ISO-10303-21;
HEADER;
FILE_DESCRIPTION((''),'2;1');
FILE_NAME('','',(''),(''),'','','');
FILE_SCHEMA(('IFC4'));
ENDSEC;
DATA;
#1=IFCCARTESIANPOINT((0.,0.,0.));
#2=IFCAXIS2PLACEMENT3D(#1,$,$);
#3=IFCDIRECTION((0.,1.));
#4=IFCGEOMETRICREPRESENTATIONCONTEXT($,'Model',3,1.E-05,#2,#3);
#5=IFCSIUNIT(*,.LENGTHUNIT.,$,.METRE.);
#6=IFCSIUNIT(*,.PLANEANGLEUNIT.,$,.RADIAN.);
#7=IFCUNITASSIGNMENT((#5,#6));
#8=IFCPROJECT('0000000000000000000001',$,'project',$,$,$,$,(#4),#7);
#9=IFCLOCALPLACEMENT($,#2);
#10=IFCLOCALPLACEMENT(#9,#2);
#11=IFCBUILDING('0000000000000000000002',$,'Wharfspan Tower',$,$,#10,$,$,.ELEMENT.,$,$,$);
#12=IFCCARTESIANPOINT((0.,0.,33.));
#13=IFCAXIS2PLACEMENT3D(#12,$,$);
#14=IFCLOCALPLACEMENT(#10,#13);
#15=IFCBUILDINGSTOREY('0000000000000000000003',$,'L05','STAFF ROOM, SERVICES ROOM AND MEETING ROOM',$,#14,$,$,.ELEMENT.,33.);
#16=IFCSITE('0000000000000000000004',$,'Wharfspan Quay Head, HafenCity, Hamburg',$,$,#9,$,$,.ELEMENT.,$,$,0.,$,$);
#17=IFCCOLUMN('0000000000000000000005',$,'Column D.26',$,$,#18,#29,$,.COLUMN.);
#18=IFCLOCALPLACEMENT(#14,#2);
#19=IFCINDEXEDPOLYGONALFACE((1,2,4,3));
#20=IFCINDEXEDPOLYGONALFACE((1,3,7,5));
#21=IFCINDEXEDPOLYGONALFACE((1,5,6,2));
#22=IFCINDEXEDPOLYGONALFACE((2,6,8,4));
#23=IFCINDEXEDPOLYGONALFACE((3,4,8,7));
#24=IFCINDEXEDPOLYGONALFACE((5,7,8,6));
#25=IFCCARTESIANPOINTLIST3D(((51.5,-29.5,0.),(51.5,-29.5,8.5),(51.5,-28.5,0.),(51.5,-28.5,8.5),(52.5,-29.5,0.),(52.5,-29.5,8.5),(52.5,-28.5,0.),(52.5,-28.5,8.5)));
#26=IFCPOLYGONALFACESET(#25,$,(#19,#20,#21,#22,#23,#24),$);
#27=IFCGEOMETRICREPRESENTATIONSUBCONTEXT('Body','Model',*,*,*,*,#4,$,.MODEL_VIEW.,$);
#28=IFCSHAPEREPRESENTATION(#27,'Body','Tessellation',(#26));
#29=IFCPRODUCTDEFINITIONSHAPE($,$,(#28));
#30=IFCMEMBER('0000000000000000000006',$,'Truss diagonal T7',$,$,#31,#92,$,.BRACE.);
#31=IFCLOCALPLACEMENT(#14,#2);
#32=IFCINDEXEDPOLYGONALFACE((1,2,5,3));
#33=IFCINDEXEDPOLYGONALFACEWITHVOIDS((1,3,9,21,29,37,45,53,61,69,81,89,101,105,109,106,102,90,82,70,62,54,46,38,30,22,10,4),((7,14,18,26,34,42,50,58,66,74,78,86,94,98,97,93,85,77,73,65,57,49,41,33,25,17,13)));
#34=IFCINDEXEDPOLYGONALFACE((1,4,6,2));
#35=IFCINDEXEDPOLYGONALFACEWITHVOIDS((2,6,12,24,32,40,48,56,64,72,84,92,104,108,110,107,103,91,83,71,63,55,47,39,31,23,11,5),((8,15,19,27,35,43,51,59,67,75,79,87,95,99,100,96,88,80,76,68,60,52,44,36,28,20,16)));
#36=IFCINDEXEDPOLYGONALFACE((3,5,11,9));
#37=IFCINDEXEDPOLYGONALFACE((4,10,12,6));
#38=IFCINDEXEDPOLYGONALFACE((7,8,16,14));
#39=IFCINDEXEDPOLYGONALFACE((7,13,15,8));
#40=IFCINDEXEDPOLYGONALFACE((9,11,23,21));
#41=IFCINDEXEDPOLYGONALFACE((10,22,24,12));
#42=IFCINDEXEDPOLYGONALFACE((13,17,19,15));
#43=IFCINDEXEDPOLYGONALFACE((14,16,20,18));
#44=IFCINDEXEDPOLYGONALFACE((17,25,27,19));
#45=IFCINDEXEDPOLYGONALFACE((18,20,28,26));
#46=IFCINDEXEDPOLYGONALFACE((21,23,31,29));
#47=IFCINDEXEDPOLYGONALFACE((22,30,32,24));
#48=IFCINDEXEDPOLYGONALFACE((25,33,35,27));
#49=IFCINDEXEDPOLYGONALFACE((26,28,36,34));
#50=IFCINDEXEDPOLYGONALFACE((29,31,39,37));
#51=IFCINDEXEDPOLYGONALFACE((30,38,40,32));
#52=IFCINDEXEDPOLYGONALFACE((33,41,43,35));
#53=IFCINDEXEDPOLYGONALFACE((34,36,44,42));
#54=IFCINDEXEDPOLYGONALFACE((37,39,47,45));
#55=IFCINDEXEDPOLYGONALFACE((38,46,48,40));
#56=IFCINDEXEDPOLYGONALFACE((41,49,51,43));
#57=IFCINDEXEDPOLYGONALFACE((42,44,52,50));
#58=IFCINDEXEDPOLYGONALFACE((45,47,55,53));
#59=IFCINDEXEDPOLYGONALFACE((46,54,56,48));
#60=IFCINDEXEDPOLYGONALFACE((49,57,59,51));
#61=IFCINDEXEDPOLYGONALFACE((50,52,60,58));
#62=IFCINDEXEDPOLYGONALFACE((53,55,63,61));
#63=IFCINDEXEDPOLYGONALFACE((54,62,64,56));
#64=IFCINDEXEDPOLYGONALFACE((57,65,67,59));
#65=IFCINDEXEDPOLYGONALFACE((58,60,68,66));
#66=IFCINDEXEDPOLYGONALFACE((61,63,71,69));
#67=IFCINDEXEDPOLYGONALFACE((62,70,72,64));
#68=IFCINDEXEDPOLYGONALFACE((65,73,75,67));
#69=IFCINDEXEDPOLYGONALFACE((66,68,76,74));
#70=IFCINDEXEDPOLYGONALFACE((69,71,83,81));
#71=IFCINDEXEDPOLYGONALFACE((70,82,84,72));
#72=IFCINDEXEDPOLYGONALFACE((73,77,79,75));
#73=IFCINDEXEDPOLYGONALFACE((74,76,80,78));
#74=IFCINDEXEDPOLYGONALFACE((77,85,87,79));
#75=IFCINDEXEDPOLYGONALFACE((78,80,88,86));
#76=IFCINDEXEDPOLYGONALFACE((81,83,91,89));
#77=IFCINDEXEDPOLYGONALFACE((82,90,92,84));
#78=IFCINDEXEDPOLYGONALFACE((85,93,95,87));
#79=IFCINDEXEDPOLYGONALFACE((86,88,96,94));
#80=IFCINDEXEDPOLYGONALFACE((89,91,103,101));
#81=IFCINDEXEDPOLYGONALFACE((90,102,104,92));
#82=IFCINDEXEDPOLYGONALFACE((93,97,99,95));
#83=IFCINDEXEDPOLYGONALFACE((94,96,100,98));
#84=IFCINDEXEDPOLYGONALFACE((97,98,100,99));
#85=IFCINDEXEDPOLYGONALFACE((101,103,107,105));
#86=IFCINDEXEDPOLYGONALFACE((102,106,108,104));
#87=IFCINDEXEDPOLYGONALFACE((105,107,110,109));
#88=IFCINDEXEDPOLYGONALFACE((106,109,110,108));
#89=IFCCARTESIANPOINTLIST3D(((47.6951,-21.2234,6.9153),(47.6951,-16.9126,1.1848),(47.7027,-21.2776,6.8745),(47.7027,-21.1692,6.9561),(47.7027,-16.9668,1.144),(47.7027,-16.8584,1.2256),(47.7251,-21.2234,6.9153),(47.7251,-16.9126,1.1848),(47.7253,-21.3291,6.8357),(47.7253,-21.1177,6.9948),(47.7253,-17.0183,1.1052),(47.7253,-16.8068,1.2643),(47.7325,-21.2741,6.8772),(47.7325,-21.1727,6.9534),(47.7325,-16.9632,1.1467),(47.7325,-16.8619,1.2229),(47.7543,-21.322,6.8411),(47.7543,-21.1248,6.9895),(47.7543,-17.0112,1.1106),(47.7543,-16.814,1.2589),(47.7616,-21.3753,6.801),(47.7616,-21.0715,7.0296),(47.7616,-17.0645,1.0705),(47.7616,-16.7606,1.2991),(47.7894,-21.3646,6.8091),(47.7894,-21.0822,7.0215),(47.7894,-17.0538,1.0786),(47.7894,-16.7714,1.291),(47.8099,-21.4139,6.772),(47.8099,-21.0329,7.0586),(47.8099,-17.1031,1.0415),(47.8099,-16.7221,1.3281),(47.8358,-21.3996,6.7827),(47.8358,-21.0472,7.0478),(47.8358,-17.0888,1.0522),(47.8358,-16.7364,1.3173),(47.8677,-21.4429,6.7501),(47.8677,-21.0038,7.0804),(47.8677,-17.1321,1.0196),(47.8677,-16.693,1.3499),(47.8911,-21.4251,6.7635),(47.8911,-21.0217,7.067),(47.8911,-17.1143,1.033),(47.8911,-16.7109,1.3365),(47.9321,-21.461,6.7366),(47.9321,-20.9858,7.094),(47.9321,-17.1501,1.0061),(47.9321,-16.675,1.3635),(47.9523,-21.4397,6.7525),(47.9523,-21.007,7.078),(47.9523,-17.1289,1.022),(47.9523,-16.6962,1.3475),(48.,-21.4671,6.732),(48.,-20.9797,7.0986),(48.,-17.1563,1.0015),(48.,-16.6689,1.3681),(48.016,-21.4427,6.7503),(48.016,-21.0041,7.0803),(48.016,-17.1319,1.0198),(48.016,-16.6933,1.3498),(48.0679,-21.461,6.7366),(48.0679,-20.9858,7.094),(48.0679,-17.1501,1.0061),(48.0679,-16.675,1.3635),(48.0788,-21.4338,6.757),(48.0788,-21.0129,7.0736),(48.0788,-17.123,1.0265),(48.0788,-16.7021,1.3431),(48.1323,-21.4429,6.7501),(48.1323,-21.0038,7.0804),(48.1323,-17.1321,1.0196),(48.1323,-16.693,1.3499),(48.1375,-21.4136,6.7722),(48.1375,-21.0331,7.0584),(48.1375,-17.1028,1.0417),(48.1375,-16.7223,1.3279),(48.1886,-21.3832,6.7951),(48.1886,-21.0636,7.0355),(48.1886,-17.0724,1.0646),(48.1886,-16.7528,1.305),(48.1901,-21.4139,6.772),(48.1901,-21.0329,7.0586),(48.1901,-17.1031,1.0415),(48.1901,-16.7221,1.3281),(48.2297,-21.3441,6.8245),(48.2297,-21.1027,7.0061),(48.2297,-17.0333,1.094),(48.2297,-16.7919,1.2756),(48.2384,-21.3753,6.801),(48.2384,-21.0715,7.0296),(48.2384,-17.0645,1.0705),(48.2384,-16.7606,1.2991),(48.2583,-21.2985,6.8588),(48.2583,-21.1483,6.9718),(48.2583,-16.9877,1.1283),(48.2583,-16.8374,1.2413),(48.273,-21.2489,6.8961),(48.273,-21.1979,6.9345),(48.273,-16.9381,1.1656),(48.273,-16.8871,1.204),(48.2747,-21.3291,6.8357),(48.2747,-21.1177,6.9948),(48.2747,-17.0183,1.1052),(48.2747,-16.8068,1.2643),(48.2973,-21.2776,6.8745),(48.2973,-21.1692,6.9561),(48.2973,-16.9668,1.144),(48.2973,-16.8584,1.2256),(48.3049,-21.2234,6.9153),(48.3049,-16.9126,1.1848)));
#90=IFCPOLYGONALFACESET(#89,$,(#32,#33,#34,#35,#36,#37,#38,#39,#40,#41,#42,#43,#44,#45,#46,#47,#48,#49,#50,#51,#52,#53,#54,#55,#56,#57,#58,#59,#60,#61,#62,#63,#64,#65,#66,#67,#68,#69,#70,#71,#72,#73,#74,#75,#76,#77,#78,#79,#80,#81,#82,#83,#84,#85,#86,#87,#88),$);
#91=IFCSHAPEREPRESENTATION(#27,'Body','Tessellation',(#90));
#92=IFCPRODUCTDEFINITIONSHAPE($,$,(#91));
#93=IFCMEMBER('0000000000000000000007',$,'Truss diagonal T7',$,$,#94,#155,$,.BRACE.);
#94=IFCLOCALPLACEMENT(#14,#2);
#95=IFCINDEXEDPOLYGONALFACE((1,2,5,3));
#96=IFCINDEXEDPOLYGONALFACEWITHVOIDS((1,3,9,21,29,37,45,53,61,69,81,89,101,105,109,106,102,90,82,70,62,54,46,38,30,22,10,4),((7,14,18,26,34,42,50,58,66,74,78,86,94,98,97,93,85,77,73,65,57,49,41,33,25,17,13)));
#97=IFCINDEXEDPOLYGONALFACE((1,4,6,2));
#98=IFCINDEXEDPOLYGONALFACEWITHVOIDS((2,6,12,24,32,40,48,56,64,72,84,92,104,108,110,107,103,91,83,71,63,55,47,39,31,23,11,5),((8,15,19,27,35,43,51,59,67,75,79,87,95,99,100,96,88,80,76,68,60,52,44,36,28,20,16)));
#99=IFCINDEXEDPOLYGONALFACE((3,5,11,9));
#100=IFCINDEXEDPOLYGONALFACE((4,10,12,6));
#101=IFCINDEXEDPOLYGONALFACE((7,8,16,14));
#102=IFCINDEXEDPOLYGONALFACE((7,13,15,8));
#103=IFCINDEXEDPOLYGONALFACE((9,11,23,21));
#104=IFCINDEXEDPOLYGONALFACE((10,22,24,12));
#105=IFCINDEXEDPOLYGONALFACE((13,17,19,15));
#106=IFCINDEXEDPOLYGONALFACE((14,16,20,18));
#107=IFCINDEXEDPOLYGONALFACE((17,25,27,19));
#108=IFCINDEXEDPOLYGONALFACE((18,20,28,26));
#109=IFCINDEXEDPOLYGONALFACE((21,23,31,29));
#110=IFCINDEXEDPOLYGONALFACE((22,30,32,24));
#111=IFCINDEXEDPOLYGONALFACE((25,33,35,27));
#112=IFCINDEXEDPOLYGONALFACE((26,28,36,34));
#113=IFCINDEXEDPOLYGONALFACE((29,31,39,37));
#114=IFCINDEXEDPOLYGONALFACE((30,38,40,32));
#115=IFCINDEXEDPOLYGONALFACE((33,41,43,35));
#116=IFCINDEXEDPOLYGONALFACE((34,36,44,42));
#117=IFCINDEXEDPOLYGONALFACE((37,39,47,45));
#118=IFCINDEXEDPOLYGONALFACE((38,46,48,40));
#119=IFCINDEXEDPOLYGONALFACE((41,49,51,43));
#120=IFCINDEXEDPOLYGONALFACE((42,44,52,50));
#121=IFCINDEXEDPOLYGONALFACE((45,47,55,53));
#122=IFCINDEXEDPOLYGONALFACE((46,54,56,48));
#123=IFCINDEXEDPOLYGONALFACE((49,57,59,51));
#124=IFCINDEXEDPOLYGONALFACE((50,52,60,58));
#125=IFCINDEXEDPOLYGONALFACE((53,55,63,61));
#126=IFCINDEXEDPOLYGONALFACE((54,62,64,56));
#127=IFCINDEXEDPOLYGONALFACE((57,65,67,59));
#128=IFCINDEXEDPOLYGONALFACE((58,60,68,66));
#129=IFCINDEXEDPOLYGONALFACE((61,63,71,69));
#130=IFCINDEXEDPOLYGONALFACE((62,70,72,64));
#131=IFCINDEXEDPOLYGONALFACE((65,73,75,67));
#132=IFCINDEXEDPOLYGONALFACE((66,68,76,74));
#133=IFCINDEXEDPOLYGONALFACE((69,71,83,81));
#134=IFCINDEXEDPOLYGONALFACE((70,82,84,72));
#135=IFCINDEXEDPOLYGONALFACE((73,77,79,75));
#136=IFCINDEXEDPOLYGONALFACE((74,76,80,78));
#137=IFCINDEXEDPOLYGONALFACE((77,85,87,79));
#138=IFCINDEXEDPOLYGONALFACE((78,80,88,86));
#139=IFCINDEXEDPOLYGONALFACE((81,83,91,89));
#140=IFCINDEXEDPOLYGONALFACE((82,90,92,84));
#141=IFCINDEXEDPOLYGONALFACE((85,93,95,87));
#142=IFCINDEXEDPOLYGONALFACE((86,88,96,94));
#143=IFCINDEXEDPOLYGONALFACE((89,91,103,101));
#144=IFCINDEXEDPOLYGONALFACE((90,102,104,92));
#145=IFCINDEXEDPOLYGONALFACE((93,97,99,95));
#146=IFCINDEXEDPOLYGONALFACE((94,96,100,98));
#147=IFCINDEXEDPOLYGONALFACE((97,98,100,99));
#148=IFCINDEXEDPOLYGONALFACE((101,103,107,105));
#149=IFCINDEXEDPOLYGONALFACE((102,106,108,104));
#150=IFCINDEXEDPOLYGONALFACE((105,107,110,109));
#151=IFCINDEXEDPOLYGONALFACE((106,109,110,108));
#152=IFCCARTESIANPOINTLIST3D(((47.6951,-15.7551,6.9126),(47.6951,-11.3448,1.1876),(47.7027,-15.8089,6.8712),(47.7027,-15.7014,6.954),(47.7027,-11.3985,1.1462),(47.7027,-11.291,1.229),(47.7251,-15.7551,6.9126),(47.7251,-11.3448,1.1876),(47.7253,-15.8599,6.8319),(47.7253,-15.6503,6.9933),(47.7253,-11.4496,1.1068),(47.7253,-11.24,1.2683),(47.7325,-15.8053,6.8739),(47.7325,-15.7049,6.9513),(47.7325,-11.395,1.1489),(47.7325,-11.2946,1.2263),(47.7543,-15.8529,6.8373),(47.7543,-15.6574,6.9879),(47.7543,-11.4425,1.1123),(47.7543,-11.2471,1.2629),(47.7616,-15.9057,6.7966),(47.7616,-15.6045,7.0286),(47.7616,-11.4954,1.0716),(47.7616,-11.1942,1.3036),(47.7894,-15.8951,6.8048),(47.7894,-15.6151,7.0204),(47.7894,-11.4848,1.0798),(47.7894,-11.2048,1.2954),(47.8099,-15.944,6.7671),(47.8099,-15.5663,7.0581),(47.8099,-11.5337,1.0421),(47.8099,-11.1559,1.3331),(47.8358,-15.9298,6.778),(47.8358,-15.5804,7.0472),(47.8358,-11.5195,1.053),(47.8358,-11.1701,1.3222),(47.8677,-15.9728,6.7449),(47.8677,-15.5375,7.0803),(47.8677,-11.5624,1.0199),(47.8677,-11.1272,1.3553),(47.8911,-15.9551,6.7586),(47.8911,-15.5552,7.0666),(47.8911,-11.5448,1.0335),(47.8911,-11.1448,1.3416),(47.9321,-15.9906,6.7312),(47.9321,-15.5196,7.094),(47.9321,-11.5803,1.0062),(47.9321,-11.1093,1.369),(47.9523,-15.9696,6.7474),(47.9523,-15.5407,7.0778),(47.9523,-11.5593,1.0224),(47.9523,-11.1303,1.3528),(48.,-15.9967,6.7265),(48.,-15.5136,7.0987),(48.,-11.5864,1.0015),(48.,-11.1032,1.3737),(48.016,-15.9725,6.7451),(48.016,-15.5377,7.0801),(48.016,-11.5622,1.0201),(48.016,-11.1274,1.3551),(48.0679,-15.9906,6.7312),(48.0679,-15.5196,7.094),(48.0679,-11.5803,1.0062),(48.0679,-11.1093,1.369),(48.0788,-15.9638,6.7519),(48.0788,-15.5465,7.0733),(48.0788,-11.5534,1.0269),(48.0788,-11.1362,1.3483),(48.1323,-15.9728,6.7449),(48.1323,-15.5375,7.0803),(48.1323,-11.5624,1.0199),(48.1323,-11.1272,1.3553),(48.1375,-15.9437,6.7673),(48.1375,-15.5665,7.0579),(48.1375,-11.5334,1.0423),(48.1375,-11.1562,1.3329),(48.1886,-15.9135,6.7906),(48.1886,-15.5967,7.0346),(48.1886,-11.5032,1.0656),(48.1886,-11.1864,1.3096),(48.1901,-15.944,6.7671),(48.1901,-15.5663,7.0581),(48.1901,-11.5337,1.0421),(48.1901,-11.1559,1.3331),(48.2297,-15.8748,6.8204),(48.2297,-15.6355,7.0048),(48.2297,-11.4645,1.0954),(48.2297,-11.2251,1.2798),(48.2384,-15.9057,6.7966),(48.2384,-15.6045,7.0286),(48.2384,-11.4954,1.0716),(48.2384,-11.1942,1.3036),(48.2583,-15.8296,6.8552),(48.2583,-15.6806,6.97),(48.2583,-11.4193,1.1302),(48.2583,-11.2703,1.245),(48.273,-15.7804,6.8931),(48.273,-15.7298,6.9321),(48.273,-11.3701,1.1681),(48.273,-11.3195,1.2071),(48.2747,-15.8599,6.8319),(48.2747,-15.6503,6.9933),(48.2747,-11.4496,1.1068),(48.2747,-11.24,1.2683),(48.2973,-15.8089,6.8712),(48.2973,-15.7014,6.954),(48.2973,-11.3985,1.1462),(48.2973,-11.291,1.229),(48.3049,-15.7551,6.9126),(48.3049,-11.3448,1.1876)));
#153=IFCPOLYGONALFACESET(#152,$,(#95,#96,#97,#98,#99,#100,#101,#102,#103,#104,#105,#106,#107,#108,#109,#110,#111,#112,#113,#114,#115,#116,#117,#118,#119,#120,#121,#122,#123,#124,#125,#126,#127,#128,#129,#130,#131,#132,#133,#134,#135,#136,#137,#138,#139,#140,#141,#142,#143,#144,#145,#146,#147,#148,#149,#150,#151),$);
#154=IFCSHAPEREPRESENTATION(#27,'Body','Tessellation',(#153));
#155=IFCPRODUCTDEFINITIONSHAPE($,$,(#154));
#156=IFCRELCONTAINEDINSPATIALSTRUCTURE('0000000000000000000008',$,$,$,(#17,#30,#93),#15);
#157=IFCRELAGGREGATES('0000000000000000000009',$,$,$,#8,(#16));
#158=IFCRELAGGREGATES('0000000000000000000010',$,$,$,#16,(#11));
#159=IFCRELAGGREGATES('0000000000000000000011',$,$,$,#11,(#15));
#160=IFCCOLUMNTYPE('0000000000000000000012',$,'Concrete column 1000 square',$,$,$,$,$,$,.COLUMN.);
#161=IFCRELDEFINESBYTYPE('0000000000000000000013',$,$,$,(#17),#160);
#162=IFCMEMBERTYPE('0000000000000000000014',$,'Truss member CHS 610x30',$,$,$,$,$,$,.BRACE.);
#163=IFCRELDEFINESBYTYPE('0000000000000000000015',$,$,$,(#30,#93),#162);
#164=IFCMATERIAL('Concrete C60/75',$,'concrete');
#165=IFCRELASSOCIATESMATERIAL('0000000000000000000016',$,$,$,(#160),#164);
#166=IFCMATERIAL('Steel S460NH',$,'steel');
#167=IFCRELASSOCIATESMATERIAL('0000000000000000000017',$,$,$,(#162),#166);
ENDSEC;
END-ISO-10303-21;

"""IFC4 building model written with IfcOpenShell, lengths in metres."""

from ifc_helpers import new_model, si_unit, direction, frame, origin, origin_2d, place, context, subcontext, project, spatial, rectangle, hollow_circle, extrude, material, material_profile, profile_set, type_object, element, save


model = new_model("IFC4")

# Units and contexts
model_context = context("Model", 3, precision=1e-05, world=origin(), true_north=direction((0.0, 1.0)))
body_context = subcontext(model_context, "Body", "Model", "MODEL_VIEW")
ifc_project = project(units=[si_unit("LENGTHUNIT", "METRE"), si_unit("PLANEANGLEUNIT", "RADIAN")], contexts=[model_context])

# Site, building, storey
site_placement = place(None, origin())
site = spatial("IfcSite", under=ifc_project, at=site_placement, Name="Wharfspan Quay Head, HafenCity, Hamburg", CompositionType="ELEMENT", RefElevation=0.0)
building_placement = place(site_placement, origin())
building = spatial("IfcBuilding", under=site, at=building_placement, Name="Wharfspan Tower", CompositionType="ELEMENT")
storey_placement = place(building_placement, frame((0.0, 0.0, 33.0)))
storey = spatial("IfcBuildingStorey", under=building, at=storey_placement, Name="L05", Description="STAFF ROOM, SERVICES ROOM AND MEETING ROOM", CompositionType="ELEMENT", Elevation=33.0)

# Column
ifc_material_1 = material(Name="Concrete C60/75", Category="concrete")
ifc_material_profile_1 = material_profile(ifc_material_1, rectangle(XDim=1.0, YDim=1.0, at=origin_2d()))
ifc_profile_set_1 = profile_set([ifc_material_profile_1], Name="Concrete C60/75")
column_type = type_object("IfcColumnType", Name="Concrete column 1000 square", PredefinedType="COLUMN", material=ifc_profile_set_1)
column_placement = place(storey_placement, frame((52.0, -29.0, 0.0), z_axis=(0.0, 0.0, 1.0), x_axis=(1.0, 0.0, 0.0)))
element("IfcColumn", 1, at=column_placement, inside=storey, type_object=column_type, Name="Column D.26", PredefinedType="COLUMN", context=body_context, shape_type="SweptSolid", body=[
    extrude(rectangle(XDim=1.0, YDim=1.0, at=origin_2d()), origin(), (0.0, 0.0, 1.0), 8.5),
])

# Members
ifc_material_2 = material(Name="Steel S460NH", Category="steel")
ifc_material_profile_2 = material_profile(ifc_material_2, hollow_circle(Radius=0.3049, WallThickness=0.03, at=origin_2d()))
ifc_profile_set_2 = profile_set([ifc_material_profile_2], Name="Steel S460NH")
member_type_1 = type_object("IfcMemberType", Name="Truss member CHS 610x30", PredefinedType="BRACE", material=ifc_profile_set_2)
member_1_placement = place(storey_placement, frame((48.0, -21.2234, 6.9153), z_axis=(0.0, 0.601154, -0.799133), x_axis=(-1.0, 0.0, 0.0)))
element("IfcMember", 2, at=member_1_placement, inside=storey, type_object=member_type_1, Name="Truss diagonal T7", PredefinedType="BRACE", context=body_context, shape_type="SweptSolid", body=[
    extrude(hollow_circle(Radius=0.3049, WallThickness=0.03, at=origin_2d()), origin(), (0.0, 0.0, 1.0), 7.1709),
])
member_2_placement = place(storey_placement, frame((48.0, -15.7551, 6.9126), z_axis=(0.0, 0.610274, -0.792191), x_axis=(-1.0, 0.0, 0.0)))
element("IfcMember", 3, at=member_2_placement, inside=storey, type_object=member_type_1, Name="Truss diagonal T7", PredefinedType="BRACE", context=body_context, shape_type="SweptSolid", body=[
    extrude(hollow_circle(Radius=0.3049, WallThickness=0.03, at=origin_2d()), origin(), (0.0, 0.0, 1.0), 7.2268),
])

save(model, "model.ifc")
